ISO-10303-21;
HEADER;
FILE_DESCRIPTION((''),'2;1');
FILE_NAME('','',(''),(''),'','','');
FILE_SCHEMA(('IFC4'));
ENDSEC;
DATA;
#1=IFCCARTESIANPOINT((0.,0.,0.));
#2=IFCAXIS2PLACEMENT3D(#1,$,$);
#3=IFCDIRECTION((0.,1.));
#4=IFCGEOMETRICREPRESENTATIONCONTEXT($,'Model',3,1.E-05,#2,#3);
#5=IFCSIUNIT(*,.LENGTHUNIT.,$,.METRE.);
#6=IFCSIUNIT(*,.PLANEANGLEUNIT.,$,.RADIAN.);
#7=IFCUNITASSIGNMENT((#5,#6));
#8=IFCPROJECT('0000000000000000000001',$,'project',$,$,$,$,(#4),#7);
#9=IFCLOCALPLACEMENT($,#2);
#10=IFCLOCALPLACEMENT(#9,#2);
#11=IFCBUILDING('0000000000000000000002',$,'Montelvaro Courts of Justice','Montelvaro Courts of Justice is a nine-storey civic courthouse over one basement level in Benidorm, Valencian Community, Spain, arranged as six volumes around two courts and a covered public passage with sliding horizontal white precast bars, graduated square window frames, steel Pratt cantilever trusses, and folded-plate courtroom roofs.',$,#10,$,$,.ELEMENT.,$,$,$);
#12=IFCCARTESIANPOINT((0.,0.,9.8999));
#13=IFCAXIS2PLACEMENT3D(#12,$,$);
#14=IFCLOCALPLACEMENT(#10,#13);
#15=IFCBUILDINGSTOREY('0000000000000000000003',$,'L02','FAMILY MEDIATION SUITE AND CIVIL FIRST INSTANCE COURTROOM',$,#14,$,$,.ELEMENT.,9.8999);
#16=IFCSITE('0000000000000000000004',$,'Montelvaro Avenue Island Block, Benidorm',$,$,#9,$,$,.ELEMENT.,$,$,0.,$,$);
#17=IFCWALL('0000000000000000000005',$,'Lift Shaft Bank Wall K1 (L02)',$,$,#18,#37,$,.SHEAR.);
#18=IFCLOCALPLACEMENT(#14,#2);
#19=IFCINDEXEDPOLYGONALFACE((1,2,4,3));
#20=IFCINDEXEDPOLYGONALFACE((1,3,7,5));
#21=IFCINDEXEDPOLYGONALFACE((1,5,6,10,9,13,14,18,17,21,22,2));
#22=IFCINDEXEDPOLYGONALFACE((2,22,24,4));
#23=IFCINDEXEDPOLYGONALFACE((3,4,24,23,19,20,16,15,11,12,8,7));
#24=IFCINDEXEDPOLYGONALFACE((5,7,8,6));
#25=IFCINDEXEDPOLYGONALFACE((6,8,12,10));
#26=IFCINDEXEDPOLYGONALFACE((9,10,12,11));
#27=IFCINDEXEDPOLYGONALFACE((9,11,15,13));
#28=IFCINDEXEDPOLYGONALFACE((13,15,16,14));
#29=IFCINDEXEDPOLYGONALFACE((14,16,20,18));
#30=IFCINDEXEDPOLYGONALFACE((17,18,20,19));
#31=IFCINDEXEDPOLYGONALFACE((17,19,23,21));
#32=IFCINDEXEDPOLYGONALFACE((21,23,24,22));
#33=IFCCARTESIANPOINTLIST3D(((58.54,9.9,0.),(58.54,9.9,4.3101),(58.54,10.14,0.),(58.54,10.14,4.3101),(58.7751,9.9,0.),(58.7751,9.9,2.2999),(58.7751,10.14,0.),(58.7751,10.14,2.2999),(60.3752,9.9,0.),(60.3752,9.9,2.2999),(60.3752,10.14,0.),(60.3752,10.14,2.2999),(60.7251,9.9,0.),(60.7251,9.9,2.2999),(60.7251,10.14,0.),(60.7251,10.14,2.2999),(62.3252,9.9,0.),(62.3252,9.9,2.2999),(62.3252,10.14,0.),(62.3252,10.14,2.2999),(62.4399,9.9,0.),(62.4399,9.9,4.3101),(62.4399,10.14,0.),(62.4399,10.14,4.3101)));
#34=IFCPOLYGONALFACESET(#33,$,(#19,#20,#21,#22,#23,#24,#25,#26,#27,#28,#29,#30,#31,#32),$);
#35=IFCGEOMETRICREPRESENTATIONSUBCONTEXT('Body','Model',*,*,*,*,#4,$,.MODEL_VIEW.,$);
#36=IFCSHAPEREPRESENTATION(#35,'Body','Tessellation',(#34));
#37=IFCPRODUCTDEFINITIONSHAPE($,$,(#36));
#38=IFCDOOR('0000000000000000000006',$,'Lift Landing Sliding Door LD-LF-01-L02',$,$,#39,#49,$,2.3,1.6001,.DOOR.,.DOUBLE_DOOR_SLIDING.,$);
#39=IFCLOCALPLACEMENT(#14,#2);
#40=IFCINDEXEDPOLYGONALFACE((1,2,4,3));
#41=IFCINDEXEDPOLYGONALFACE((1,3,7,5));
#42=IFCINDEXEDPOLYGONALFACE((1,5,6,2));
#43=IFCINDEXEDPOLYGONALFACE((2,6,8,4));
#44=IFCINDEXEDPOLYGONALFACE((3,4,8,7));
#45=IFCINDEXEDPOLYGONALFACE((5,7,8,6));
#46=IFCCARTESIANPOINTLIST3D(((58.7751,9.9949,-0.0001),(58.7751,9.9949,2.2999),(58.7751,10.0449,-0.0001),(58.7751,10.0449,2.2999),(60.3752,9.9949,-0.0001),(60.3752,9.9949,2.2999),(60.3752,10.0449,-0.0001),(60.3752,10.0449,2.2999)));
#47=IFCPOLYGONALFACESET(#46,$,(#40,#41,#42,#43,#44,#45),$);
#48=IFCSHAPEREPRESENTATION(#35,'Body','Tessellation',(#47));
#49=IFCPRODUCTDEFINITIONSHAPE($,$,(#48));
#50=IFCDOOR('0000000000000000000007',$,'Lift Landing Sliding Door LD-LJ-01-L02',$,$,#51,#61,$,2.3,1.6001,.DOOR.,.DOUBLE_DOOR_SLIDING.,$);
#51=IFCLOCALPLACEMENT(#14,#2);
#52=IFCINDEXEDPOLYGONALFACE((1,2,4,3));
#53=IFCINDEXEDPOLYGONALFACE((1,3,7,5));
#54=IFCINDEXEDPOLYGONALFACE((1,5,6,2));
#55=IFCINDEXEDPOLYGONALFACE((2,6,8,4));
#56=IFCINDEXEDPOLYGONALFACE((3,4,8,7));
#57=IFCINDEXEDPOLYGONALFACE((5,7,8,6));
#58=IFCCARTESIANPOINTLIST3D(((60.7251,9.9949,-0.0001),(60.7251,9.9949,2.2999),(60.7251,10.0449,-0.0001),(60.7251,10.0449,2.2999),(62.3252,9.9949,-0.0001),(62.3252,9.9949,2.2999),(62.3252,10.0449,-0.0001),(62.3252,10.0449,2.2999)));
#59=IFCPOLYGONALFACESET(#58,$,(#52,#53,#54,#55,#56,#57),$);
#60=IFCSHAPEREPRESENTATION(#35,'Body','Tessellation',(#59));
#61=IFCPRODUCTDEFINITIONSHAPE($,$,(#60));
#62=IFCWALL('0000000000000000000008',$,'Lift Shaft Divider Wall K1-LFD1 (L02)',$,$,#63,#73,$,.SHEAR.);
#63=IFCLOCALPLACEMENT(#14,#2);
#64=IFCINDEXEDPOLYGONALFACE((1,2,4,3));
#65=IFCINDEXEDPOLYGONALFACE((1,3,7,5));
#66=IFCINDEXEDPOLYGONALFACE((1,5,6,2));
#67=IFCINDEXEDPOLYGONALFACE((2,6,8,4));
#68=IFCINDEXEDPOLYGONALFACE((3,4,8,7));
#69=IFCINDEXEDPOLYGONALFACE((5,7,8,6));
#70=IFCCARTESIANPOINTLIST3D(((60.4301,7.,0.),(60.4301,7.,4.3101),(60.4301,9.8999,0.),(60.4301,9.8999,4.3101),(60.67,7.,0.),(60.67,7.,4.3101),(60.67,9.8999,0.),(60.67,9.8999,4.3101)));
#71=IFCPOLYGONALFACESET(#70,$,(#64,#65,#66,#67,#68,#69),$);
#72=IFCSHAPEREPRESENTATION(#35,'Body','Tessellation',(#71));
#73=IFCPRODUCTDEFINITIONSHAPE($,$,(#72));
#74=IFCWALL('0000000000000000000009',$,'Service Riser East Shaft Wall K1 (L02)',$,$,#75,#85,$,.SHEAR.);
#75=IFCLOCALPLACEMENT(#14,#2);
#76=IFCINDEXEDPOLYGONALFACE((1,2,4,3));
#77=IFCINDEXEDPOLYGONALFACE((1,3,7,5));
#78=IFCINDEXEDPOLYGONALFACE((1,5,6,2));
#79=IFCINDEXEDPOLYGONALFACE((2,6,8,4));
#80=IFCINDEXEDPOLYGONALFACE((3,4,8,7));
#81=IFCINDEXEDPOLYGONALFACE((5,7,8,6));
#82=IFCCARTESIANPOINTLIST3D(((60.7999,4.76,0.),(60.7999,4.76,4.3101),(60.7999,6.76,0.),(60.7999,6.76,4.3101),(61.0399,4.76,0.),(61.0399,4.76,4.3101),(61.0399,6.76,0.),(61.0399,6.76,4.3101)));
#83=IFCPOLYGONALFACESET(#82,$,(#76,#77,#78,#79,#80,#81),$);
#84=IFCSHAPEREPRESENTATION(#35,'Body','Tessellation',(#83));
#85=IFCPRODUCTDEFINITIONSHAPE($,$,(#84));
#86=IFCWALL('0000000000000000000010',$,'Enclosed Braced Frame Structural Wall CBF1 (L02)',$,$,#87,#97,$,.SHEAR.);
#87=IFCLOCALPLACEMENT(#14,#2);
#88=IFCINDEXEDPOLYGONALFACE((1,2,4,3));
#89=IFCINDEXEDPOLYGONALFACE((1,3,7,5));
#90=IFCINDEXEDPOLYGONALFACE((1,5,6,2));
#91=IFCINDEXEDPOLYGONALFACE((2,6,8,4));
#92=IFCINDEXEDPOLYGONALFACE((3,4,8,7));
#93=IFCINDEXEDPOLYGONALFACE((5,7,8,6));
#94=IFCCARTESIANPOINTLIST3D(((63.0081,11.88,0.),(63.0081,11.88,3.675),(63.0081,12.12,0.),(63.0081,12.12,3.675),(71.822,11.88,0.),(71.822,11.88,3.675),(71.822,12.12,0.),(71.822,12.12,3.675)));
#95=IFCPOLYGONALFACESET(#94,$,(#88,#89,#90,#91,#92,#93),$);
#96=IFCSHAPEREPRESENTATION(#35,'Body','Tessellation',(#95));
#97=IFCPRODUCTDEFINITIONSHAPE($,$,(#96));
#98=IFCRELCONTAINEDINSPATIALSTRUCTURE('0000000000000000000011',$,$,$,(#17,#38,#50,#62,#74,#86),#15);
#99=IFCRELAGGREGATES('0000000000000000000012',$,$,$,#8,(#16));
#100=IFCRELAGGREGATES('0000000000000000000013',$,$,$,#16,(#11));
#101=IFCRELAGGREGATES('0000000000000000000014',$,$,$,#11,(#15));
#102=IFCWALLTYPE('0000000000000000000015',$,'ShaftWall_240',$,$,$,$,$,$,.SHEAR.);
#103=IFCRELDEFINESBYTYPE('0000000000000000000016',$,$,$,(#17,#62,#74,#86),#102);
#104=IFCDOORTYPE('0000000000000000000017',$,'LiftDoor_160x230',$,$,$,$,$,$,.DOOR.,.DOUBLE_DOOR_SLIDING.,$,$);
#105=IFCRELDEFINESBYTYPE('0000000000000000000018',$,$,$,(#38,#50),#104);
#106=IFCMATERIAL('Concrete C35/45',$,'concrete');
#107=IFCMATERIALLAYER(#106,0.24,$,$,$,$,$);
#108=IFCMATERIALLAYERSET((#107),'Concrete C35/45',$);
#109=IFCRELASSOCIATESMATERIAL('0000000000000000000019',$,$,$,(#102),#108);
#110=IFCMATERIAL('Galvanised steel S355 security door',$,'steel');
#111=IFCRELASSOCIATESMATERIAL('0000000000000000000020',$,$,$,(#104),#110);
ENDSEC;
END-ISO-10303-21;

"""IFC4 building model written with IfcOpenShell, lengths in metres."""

from ifc_helpers import new_model, si_unit, direction, frame, frame_2d, origin, place, context, subcontext, project, spatial, rectangle, extrude, material, layer, layer_set, type_object, element, fill, save


model = new_model("IFC4")

# Units and contexts
model_context = context("Model", 3, precision=1e-05, world=origin(), true_north=direction((0.0, 1.0)))
body_context = subcontext(model_context, "Body", "Model", "MODEL_VIEW")
ifc_project = project(units=[si_unit("LENGTHUNIT", "METRE"), si_unit("PLANEANGLEUNIT", "RADIAN")], contexts=[model_context])

# Site, building, storey
site_placement = place(None, origin())
site = spatial("IfcSite", under=ifc_project, at=site_placement, Name="Montelvaro Avenue Island Block, Benidorm", CompositionType="ELEMENT", RefElevation=0.0)
building_placement = place(site_placement, origin())
building = spatial("IfcBuilding", under=site, at=building_placement, Name="Montelvaro Courts of Justice", Description="Montelvaro Courts of Justice is a nine-storey civic courthouse over one basement level in Benidorm, Valencian Community, Spain, arranged as six volumes around two courts and a covered public passage with sliding horizontal white precast bars, graduated square window frames, steel Pratt cantilever trusses, and folded-plate courtroom roofs.", CompositionType="ELEMENT")
storey_placement = place(building_placement, frame((0.0, 0.0, 9.8999)))
storey = spatial("IfcBuildingStorey", under=building, at=storey_placement, Name="L02", Description="FAMILY MEDIATION SUITE AND CIVIL FIRST INSTANCE COURTROOM", CompositionType="ELEMENT", Elevation=9.8999)

# Wall, openings, doors
ifc_material_1 = material(Name="Concrete C35/45", Category="concrete")
ifc_layer_1 = layer(ifc_material_1, 0.24)
ifc_layer_set_1 = layer_set([ifc_layer_1], Name="Concrete C35/45")
wall_type_1 = type_object("IfcWallType", Name="ShaftWall_240", PredefinedType="SHEAR", material=ifc_layer_set_1)
wall_1_placement = place(storey_placement, frame((58.54, 10.02, 0.0), z_axis=(0.0, 0.0, 1.0), x_axis=(1.0, 0.0, 0.0)))
wall_1 = element("IfcWall", 1, at=wall_1_placement, inside=storey, type_object=wall_type_1, Name="Lift Shaft Bank Wall K1 (L02)", PredefinedType="SHEAR", context=body_context, shape_type="SweptSolid", body=[
    extrude(rectangle(XDim=3.8999, YDim=0.24, at=frame_2d((1.95, 0.0))), origin(), (0.0, 0.0, 1.0), 4.3101),
])
opening_1_placement = place(wall_1_placement, frame((0.2351, 0.0, 0.0)))
opening_1 = element("IfcOpeningElement", 2, at=opening_1_placement, cuts=wall_1, PredefinedType="OPENING", context=body_context, shape_type="SweptSolid", body=[
    extrude(rectangle(XDim=1.6001, YDim=2.3, at=frame_2d((0.8, 1.1499))), frame((0.0, 0.1348, 0.0), z_axis=(0.0, -1.0, 0.0), x_axis=(1.0, 0.0, 0.0)), (0.0, 0.0, 1.0), 0.2698),
])
opening_2_placement = place(wall_1_placement, frame((2.1851, 0.0, 0.0)))
opening_2 = element("IfcOpeningElement", 3, at=opening_2_placement, cuts=wall_1, PredefinedType="OPENING", context=body_context, shape_type="SweptSolid", body=[
    extrude(rectangle(XDim=1.6001, YDim=2.3, at=frame_2d((0.8, 1.1499))), frame((0.0, 0.1348, 0.0), z_axis=(0.0, -1.0, 0.0), x_axis=(1.0, 0.0, 0.0)), (0.0, 0.0, 1.0), 0.2698),
])
ifc_material_2 = material(Name="Galvanised steel S355 security door", Category="steel")
door_type = type_object("IfcDoorType", Name="LiftDoor_160x230", OperationType="DOUBLE_DOOR_SLIDING", PredefinedType="DOOR", material=ifc_material_2)
door_1_placement = place(opening_1_placement, origin())
door_1 = element("IfcDoor", 4, at=door_1_placement, inside=storey, type_object=door_type, Name="Lift Landing Sliding Door LD-LF-01-L02", OperationType="DOUBLE_DOOR_SLIDING", OverallHeight=2.3, OverallWidth=1.6001, PredefinedType="DOOR", context=body_context, shape_type="SweptSolid", body=[
    extrude(rectangle(XDim=1.6001, YDim=2.3, at=frame_2d((0.8, 1.1499))), frame((0.0, 0.0249, 0.0), z_axis=(0.0, -1.0, 0.0), x_axis=(1.0, 0.0, 0.0)), (0.0, 0.0, 1.0), 0.05),
])
fill(opening_1, door_1)
door_2_placement = place(opening_2_placement, origin())
door_2 = element("IfcDoor", 5, at=door_2_placement, inside=storey, type_object=door_type, Name="Lift Landing Sliding Door LD-LJ-01-L02", OperationType="DOUBLE_DOOR_SLIDING", OverallHeight=2.3, OverallWidth=1.6001, PredefinedType="DOOR", context=body_context, shape_type="SweptSolid", body=[
    extrude(rectangle(XDim=1.6001, YDim=2.3, at=frame_2d((0.8, 1.1499))), frame((0.0, 0.0249, 0.0), z_axis=(0.0, -1.0, 0.0), x_axis=(1.0, 0.0, 0.0)), (0.0, 0.0, 1.0), 0.05),
])
fill(opening_2, door_2)

# Walls
wall_2_placement = place(storey_placement, frame((60.55, 7.0, 0.0), z_axis=(0.0, 0.0, 1.0), x_axis=(0.0, 1.0, 0.0)))
element("IfcWall", 6, at=wall_2_placement, inside=storey, type_object=wall_type_1, Name="Lift Shaft Divider Wall K1-LFD1 (L02)", PredefinedType="SHEAR", context=body_context, shape_type="SweptSolid", body=[
    extrude(rectangle(XDim=2.8999, YDim=0.24, at=frame_2d((1.45, 0.0))), origin(), (0.0, 0.0, 1.0), 4.3101),
])
wall_3_placement = place(storey_placement, frame((60.9199, 4.76, 0.0), z_axis=(0.0, 0.0, 1.0), x_axis=(0.0, 1.0, 0.0)))
element("IfcWall", 7, at=wall_3_placement, inside=storey, type_object=wall_type_1, Name="Service Riser East Shaft Wall K1 (L02)", PredefinedType="SHEAR", context=body_context, shape_type="SweptSolid", body=[
    extrude(rectangle(XDim=2.0, YDim=0.24, at=frame_2d((1.0, 0.0))), origin(), (0.0, 0.0, 1.0), 4.3101),
])
wall_4_placement = place(storey_placement, frame((63.0081, 12.0, 0.0), z_axis=(0.0, 0.0, 1.0), x_axis=(1.0, 0.0, 0.0)))
element("IfcWall", 8, at=wall_4_placement, inside=storey, type_object=wall_type_1, Name="Enclosed Braced Frame Structural Wall CBF1 (L02)", PredefinedType="SHEAR", context=body_context, shape_type="SweptSolid", body=[
    extrude(rectangle(XDim=8.814, YDim=0.24, at=frame_2d((4.407, 0.0))), origin(), (0.0, 0.0, 1.0), 3.675),
])

save(model, "model.ifc")
